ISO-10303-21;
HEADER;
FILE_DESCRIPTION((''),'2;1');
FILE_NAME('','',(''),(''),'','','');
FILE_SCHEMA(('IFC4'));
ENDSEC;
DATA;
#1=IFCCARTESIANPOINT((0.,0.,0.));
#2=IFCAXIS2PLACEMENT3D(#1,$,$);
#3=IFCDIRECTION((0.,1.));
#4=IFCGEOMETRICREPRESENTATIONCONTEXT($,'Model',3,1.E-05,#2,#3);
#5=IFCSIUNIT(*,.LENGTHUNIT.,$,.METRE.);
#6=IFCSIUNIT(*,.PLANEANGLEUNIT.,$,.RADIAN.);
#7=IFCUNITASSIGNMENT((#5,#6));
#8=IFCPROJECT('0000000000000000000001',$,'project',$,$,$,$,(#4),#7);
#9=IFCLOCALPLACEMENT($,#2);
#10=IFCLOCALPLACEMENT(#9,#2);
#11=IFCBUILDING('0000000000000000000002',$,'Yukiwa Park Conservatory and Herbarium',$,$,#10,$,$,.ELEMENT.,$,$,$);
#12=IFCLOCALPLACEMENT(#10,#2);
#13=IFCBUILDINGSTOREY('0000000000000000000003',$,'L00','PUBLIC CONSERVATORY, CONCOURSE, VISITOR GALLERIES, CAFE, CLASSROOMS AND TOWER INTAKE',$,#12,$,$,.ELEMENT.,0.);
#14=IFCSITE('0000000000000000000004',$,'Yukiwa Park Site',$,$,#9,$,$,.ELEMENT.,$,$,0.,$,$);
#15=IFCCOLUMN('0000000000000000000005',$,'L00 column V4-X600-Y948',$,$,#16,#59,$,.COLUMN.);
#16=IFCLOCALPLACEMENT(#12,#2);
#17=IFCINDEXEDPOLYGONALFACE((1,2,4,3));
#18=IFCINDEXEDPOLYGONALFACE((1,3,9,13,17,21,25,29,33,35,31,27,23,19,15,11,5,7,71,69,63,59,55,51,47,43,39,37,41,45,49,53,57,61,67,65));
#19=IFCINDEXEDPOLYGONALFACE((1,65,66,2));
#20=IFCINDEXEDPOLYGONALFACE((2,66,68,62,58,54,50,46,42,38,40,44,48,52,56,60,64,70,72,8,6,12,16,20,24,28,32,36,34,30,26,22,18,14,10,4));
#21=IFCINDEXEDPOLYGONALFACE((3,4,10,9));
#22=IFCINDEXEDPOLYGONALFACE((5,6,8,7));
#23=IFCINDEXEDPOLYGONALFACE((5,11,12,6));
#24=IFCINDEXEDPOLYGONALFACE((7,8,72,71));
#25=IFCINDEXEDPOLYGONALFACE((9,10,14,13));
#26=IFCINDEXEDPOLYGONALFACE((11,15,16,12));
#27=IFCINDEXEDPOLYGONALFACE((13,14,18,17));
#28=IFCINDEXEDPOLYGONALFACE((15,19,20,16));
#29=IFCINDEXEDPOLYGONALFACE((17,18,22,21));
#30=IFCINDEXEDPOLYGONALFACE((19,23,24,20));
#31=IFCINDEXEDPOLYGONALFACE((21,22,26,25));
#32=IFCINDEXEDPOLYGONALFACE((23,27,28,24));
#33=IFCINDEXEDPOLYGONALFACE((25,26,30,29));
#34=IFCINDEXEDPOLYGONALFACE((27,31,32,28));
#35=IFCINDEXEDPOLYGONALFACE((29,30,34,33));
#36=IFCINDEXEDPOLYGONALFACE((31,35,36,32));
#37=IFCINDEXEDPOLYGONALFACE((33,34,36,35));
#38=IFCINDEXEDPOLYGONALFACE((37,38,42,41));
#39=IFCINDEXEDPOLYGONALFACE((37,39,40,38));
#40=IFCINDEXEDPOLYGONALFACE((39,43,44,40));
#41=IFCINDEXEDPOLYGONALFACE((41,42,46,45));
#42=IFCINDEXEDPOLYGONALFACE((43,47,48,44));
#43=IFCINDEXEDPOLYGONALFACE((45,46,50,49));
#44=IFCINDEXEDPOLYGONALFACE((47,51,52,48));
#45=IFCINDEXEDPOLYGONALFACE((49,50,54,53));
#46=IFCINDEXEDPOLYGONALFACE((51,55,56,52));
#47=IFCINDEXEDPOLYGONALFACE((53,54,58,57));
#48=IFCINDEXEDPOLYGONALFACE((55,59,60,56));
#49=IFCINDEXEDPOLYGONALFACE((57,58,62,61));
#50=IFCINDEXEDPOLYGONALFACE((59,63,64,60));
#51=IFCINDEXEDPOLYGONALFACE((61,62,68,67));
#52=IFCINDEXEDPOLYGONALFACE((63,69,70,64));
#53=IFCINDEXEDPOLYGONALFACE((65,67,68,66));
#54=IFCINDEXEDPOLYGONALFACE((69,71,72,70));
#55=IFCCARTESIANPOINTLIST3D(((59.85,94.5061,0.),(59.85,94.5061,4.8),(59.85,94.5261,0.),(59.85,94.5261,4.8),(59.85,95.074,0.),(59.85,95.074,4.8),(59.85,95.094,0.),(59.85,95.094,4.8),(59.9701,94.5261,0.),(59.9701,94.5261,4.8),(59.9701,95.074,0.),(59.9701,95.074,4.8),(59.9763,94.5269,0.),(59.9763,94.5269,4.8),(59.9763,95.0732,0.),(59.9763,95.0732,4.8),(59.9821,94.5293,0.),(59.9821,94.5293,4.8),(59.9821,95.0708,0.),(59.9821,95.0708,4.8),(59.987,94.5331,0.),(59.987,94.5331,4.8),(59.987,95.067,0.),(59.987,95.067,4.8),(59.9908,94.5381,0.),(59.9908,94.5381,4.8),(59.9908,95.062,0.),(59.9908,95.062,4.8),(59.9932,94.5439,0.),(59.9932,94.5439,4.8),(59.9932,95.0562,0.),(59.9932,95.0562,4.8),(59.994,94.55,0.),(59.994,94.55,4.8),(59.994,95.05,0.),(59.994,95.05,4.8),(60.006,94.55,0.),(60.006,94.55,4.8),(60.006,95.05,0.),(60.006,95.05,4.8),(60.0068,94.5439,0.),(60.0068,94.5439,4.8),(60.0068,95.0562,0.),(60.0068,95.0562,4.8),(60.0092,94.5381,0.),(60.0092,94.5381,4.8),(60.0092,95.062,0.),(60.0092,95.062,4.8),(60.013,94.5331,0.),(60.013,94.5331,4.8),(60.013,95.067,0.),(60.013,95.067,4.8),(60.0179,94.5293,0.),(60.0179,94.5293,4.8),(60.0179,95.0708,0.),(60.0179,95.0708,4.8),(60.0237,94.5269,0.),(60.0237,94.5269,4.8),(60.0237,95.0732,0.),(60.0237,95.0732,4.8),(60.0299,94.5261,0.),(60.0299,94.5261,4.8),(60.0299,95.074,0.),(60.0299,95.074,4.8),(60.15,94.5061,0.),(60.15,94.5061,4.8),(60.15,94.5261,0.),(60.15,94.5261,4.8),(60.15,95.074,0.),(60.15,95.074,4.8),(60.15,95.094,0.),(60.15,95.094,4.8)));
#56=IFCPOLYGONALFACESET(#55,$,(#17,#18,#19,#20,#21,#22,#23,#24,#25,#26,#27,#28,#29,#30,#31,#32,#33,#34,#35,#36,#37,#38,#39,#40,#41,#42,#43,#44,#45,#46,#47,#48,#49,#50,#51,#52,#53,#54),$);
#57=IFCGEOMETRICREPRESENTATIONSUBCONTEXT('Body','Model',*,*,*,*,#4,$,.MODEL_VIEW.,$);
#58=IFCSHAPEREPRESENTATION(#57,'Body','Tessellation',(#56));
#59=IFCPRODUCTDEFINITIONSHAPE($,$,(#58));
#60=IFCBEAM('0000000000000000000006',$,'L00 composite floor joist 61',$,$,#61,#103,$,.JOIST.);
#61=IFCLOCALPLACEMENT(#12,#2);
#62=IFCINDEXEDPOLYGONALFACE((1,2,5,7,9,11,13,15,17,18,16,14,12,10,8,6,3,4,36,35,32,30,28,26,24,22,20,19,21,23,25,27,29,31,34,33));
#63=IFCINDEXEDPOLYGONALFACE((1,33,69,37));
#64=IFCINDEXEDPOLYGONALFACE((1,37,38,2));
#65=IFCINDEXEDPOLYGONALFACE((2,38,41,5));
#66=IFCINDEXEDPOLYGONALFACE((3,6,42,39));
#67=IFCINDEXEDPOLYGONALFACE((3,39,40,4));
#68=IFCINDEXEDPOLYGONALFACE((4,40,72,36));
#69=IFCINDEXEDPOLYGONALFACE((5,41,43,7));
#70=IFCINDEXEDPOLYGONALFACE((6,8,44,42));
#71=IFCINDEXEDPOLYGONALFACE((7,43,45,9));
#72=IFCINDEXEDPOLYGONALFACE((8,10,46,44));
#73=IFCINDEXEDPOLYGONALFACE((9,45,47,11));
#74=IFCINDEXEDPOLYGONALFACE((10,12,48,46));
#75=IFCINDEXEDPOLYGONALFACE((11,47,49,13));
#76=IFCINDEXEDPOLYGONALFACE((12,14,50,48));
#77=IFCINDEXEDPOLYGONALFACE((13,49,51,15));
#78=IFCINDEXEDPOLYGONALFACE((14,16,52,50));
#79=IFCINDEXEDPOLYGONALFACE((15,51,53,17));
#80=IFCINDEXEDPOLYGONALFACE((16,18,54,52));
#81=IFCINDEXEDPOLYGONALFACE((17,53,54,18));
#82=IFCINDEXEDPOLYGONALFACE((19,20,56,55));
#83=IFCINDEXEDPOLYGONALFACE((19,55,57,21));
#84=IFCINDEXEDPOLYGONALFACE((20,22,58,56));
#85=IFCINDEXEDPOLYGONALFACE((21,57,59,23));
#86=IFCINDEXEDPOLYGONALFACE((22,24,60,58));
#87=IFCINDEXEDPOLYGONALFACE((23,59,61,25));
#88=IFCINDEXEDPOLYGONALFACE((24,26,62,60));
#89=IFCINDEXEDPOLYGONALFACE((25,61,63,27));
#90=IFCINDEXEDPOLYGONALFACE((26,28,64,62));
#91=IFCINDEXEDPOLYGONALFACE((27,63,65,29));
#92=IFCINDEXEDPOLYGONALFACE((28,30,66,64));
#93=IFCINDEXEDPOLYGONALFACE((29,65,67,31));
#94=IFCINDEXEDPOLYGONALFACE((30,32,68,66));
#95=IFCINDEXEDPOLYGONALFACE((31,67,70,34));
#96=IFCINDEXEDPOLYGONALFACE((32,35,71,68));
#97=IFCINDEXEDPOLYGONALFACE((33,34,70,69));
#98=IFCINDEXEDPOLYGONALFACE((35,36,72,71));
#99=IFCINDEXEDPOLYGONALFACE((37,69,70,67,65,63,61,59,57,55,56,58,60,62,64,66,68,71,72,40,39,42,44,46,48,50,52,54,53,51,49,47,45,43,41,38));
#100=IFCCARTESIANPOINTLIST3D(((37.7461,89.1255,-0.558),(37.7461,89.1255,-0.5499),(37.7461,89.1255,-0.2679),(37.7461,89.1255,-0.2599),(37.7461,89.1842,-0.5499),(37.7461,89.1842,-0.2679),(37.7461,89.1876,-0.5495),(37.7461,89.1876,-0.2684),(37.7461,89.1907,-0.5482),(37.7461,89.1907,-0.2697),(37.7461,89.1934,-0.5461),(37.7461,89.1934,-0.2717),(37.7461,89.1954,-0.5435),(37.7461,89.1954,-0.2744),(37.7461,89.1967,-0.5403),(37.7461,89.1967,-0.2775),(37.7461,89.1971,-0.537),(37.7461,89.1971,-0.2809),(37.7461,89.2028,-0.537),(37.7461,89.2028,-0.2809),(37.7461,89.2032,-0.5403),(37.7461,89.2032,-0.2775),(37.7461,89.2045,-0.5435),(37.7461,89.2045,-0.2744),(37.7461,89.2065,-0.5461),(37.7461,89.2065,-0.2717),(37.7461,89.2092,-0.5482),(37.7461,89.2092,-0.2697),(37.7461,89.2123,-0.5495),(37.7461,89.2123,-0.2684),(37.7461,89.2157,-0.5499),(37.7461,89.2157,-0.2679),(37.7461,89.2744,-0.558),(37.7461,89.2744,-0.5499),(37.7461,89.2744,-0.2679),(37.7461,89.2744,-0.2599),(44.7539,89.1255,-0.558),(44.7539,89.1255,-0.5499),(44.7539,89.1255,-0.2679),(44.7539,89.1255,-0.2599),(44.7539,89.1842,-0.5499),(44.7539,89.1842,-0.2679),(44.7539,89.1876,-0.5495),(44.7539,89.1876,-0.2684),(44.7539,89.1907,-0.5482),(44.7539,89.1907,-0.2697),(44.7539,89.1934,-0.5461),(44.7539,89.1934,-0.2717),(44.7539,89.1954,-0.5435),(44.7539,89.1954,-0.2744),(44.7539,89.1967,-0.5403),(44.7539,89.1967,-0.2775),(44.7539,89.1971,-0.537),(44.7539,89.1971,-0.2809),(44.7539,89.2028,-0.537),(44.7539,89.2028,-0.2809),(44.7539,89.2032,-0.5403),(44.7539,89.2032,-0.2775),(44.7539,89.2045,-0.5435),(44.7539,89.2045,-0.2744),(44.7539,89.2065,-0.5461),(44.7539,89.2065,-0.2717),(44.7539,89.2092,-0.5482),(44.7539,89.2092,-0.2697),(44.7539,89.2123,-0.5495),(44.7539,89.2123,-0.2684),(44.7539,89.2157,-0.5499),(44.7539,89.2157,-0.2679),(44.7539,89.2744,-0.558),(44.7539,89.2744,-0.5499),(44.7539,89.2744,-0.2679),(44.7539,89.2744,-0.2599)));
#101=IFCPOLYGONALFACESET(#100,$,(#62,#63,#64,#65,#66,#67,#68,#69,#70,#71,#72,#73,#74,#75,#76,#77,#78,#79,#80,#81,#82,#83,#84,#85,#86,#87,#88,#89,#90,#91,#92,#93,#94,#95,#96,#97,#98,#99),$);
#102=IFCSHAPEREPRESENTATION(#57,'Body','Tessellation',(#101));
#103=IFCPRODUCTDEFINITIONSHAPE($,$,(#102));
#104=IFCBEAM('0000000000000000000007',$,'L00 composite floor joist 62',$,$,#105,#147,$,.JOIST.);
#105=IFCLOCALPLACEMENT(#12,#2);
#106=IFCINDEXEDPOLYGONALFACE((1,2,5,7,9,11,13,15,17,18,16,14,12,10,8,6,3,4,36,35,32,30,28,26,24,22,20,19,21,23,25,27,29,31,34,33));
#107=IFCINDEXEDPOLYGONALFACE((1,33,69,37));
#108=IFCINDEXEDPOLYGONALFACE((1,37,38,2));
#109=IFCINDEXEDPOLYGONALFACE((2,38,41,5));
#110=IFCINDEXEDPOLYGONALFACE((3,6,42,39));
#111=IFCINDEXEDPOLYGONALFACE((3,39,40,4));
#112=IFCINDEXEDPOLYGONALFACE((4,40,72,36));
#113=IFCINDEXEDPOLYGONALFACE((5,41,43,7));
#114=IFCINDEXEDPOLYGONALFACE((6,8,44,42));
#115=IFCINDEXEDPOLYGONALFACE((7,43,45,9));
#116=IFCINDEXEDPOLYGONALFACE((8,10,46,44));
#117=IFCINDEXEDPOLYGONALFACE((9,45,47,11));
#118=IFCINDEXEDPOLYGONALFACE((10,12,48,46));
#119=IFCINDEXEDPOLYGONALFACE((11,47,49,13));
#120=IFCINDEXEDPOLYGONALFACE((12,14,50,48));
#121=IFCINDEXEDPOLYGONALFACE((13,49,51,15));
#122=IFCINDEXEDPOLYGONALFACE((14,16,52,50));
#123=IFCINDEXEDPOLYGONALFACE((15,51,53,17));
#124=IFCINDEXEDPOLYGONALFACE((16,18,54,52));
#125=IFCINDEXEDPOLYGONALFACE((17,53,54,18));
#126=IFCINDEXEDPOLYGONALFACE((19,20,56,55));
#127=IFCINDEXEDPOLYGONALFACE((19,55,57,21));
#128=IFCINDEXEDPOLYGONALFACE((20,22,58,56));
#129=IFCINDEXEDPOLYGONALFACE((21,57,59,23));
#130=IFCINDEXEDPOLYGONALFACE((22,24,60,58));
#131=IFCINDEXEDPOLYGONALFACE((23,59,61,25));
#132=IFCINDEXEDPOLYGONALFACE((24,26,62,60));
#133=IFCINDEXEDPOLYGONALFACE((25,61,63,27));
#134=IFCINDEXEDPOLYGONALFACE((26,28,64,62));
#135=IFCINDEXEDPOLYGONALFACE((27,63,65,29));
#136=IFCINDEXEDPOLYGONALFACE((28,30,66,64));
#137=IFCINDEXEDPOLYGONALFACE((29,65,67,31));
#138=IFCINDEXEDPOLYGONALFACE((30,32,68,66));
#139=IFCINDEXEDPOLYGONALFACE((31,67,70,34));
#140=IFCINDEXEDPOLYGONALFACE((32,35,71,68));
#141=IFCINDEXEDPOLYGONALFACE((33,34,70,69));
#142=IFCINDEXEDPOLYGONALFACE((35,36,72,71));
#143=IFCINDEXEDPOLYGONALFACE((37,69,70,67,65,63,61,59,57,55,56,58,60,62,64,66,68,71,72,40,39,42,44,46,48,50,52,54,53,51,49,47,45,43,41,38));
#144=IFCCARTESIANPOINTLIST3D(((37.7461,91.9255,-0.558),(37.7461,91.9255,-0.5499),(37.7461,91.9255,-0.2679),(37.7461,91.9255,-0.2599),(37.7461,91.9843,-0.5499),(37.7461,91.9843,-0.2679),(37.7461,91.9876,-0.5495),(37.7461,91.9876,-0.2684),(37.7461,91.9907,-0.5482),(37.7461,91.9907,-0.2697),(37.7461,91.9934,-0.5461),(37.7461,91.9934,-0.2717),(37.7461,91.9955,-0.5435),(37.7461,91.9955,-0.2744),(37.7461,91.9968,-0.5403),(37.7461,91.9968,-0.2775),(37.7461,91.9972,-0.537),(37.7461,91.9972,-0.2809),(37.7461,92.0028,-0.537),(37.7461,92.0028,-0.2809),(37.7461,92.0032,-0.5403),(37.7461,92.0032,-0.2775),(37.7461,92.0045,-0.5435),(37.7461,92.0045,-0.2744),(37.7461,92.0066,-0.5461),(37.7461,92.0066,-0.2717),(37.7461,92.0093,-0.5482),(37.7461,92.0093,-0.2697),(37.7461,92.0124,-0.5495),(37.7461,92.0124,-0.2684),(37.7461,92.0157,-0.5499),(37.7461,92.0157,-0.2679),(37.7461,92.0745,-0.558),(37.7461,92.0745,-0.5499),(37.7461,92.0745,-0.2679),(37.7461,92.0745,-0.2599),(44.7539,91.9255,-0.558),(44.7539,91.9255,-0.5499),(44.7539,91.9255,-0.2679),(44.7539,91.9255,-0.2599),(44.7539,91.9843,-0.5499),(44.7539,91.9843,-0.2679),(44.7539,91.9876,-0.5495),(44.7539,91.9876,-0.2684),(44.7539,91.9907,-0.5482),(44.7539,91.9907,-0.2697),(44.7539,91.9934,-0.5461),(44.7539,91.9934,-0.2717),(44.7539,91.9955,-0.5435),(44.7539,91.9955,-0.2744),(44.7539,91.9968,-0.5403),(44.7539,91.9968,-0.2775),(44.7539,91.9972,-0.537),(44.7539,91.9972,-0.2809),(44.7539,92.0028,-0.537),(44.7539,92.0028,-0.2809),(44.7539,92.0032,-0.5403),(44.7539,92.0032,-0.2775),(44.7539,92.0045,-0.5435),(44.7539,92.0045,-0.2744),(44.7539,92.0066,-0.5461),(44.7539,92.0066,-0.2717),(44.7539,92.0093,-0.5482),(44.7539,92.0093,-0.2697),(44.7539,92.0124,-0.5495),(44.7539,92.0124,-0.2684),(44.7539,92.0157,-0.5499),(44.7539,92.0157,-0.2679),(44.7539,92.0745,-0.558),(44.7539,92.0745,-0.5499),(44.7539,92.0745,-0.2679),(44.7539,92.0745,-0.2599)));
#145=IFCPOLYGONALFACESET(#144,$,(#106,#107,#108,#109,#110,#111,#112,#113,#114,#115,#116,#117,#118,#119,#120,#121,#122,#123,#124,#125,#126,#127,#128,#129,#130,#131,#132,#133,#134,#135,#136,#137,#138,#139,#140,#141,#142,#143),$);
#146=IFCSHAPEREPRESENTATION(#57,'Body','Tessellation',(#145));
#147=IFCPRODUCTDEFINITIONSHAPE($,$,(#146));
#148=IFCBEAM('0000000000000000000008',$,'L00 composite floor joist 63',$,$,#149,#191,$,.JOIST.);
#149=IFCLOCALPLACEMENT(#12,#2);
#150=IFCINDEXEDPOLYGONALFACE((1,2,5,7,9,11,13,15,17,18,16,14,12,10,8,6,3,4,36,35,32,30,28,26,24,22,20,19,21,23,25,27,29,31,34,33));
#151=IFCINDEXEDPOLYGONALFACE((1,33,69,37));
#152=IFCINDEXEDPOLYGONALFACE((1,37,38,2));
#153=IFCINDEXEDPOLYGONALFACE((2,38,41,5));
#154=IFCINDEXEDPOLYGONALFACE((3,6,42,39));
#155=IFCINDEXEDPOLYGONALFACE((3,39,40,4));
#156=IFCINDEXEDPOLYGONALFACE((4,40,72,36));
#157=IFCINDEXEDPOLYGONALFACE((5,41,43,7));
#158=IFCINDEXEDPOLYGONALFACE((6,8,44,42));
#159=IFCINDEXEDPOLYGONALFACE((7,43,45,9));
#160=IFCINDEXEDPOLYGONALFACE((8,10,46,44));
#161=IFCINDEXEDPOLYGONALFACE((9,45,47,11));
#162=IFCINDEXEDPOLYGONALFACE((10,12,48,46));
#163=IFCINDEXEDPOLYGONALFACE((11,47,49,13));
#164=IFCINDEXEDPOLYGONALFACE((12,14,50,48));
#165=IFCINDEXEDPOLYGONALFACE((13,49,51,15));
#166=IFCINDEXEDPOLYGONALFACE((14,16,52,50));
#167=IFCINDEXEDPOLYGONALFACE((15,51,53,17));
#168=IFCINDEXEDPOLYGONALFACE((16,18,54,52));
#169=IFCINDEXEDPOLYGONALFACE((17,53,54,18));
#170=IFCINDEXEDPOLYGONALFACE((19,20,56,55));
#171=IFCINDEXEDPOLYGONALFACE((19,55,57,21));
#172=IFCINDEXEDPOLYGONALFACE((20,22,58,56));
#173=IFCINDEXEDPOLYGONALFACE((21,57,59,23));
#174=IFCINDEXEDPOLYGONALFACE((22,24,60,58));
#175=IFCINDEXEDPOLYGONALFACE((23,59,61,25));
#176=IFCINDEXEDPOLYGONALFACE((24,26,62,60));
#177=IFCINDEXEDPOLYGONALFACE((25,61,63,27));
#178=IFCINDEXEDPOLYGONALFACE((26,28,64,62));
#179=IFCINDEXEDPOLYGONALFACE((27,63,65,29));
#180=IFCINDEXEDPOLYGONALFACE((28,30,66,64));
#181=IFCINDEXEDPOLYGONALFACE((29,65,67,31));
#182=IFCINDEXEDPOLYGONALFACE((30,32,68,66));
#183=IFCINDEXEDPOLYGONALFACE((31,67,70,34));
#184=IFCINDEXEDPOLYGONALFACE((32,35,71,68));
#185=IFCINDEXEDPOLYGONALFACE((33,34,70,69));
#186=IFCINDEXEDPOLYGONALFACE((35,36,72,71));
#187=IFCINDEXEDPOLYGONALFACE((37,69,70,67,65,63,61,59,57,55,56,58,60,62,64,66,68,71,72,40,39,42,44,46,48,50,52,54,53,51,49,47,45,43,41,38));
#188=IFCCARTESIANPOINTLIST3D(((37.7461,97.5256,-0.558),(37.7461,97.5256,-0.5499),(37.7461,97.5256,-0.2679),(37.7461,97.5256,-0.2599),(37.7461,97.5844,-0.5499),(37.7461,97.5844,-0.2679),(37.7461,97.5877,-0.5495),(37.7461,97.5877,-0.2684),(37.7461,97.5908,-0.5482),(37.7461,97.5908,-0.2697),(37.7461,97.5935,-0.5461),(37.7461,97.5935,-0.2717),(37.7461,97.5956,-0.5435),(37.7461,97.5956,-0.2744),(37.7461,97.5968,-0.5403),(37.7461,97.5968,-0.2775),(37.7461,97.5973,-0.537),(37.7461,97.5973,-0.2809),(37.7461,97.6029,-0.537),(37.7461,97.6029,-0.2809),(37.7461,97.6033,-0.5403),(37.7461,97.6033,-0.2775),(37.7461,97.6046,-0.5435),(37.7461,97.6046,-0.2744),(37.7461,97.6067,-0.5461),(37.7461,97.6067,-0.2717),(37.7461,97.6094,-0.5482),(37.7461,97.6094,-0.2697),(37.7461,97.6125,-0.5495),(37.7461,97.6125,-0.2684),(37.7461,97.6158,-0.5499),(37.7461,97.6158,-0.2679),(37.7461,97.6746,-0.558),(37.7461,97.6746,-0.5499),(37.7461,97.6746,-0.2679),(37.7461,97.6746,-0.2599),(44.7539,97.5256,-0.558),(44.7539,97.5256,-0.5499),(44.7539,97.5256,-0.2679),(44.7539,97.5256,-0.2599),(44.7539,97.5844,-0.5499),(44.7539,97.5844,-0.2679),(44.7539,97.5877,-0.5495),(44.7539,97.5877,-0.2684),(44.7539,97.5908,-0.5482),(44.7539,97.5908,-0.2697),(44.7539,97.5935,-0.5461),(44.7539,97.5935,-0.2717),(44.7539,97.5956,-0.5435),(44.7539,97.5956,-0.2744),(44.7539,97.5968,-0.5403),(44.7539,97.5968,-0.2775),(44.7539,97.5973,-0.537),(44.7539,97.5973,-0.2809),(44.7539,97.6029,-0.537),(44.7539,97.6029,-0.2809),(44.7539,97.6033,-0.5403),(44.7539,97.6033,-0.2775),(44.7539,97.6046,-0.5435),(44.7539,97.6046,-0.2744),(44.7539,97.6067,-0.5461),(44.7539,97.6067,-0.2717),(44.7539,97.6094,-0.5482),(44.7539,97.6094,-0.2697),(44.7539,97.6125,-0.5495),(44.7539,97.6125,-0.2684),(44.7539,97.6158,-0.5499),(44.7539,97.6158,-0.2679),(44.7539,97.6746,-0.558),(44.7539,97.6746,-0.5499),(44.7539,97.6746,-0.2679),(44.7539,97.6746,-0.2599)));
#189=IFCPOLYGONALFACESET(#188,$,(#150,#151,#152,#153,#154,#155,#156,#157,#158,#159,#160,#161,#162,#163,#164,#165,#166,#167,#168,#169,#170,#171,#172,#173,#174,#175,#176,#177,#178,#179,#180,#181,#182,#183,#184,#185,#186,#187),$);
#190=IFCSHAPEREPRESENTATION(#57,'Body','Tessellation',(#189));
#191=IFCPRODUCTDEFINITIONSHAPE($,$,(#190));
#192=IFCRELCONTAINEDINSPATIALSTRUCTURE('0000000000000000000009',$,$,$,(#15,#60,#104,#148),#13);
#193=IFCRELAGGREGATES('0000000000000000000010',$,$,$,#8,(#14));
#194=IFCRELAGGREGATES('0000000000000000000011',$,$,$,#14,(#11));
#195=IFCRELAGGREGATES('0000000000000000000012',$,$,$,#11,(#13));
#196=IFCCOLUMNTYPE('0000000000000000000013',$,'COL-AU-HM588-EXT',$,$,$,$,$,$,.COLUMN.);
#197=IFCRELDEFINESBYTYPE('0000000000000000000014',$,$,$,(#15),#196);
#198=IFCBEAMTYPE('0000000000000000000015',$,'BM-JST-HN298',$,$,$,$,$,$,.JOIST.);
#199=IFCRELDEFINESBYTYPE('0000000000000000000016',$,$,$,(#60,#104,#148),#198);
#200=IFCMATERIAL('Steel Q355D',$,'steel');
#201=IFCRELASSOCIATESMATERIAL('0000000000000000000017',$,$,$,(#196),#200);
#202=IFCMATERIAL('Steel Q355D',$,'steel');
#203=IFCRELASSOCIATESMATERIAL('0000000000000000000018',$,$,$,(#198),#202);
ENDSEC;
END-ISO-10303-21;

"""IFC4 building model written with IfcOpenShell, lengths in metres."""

from ifc_helpers import new_model, si_unit, direction, frame, origin, origin_2d, place, context, subcontext, project, spatial, i_section, extrude, material, material_profile, profile_set, type_object, element, save


model = new_model("IFC4")

# Units and contexts
model_context = context("Model", 3, precision=1e-05, world=origin(), true_north=direction((0.0, 1.0)))
body_context = subcontext(model_context, "Body", "Model", "MODEL_VIEW")
ifc_project = project(units=[si_unit("LENGTHUNIT", "METRE"), si_unit("PLANEANGLEUNIT", "RADIAN")], contexts=[model_context])

# Site, building, storey
site_placement = place(None, origin())
site = spatial("IfcSite", under=ifc_project, at=site_placement, Name="Yukiwa Park Site", CompositionType="ELEMENT", RefElevation=0.0)
building_placement = place(site_placement, origin())
building = spatial("IfcBuilding", under=site, at=building_placement, Name="Yukiwa Park Conservatory and Herbarium", CompositionType="ELEMENT")
storey_placement = place(building_placement, origin())
storey = spatial("IfcBuildingStorey", under=building, at=storey_placement, Name="L00", Description="PUBLIC CONSERVATORY, CONCOURSE, VISITOR GALLERIES, CAFE, CLASSROOMS AND TOWER INTAKE", CompositionType="ELEMENT", Elevation=0.0)

# Column
ifc_material_1 = material(Name="Steel Q355D", Category="steel")
ifc_material_profile_1 = material_profile(ifc_material_1, i_section(OverallWidth=0.3, OverallDepth=0.5879, WebThickness=0.012, FlangeThickness=0.02, FilletRadius=0.0239, at=origin_2d()), Name="HM 588x300x12x20")
ifc_profile_set_1 = profile_set([ifc_material_profile_1], Name="Steel Q355D")
column_type = type_object("IfcColumnType", Name="COL-AU-HM588-EXT", PredefinedType="COLUMN", material=ifc_profile_set_1)
column_placement = place(storey_placement, frame((60.0, 94.8, 0.0), z_axis=(0.0, 0.0, 1.0), x_axis=(1.0, 0.0, 0.0)))
element("IfcColumn", 1, at=column_placement, inside=storey, type_object=column_type, Name="L00 column V4-X600-Y948", PredefinedType="COLUMN", context=body_context, shape_type="SweptSolid", body=[
    extrude(i_section(OverallWidth=0.3, OverallDepth=0.5879, WebThickness=0.012, FlangeThickness=0.02, FilletRadius=0.0239, at=origin_2d()), origin(), (0.0, 0.0, 1.0), 4.8),
])

# Beams
ifc_material_2 = material(Name="Steel Q355D", Category="steel")
ifc_material_profile_2 = material_profile(ifc_material_2, i_section(OverallWidth=0.1489, OverallDepth=0.2981, WebThickness=0.0056, FlangeThickness=0.0081, FilletRadius=0.0129, at=origin_2d()), Name="HN 298x149x5.5x8")
ifc_profile_set_2 = profile_set([ifc_material_profile_2], Name="Steel Q355D")
beam_type_1 = type_object("IfcBeamType", Name="BM-JST-HN298", PredefinedType="JOIST", material=ifc_profile_set_2)
for number, where, z_axis, x_axis, name in (
    (2, (37.7461, 89.2, -0.4089), (1.0, 0.0, 0.0), (0.0, 1.0, 0.0), "L00 composite floor joist 61"),
    (3, (37.7461, 92.0, -0.4089), (1.0, 0.0, 0.0), (0.0, 1.0, 0.0), "L00 composite floor joist 62"),
    (4, (37.7461, 97.6001, -0.4089), (1.0, 0.0, 0.0), (0.0, 1.0, 0.0), "L00 composite floor joist 63"),
):
    element("IfcBeam", number, at=place(storey_placement, frame(where, z_axis=z_axis, x_axis=x_axis)), inside=storey, type_object=beam_type_1, Name=name, PredefinedType="JOIST", context=body_context, shape_type="SweptSolid", body=[
        extrude(i_section(OverallWidth=0.1489, OverallDepth=0.2981, WebThickness=0.0056, FlangeThickness=0.0081, FilletRadius=0.0129, at=origin_2d()), origin(), (0.0, 0.0, 1.0), 7.0078),
    ])

save(model, "model.ifc")
